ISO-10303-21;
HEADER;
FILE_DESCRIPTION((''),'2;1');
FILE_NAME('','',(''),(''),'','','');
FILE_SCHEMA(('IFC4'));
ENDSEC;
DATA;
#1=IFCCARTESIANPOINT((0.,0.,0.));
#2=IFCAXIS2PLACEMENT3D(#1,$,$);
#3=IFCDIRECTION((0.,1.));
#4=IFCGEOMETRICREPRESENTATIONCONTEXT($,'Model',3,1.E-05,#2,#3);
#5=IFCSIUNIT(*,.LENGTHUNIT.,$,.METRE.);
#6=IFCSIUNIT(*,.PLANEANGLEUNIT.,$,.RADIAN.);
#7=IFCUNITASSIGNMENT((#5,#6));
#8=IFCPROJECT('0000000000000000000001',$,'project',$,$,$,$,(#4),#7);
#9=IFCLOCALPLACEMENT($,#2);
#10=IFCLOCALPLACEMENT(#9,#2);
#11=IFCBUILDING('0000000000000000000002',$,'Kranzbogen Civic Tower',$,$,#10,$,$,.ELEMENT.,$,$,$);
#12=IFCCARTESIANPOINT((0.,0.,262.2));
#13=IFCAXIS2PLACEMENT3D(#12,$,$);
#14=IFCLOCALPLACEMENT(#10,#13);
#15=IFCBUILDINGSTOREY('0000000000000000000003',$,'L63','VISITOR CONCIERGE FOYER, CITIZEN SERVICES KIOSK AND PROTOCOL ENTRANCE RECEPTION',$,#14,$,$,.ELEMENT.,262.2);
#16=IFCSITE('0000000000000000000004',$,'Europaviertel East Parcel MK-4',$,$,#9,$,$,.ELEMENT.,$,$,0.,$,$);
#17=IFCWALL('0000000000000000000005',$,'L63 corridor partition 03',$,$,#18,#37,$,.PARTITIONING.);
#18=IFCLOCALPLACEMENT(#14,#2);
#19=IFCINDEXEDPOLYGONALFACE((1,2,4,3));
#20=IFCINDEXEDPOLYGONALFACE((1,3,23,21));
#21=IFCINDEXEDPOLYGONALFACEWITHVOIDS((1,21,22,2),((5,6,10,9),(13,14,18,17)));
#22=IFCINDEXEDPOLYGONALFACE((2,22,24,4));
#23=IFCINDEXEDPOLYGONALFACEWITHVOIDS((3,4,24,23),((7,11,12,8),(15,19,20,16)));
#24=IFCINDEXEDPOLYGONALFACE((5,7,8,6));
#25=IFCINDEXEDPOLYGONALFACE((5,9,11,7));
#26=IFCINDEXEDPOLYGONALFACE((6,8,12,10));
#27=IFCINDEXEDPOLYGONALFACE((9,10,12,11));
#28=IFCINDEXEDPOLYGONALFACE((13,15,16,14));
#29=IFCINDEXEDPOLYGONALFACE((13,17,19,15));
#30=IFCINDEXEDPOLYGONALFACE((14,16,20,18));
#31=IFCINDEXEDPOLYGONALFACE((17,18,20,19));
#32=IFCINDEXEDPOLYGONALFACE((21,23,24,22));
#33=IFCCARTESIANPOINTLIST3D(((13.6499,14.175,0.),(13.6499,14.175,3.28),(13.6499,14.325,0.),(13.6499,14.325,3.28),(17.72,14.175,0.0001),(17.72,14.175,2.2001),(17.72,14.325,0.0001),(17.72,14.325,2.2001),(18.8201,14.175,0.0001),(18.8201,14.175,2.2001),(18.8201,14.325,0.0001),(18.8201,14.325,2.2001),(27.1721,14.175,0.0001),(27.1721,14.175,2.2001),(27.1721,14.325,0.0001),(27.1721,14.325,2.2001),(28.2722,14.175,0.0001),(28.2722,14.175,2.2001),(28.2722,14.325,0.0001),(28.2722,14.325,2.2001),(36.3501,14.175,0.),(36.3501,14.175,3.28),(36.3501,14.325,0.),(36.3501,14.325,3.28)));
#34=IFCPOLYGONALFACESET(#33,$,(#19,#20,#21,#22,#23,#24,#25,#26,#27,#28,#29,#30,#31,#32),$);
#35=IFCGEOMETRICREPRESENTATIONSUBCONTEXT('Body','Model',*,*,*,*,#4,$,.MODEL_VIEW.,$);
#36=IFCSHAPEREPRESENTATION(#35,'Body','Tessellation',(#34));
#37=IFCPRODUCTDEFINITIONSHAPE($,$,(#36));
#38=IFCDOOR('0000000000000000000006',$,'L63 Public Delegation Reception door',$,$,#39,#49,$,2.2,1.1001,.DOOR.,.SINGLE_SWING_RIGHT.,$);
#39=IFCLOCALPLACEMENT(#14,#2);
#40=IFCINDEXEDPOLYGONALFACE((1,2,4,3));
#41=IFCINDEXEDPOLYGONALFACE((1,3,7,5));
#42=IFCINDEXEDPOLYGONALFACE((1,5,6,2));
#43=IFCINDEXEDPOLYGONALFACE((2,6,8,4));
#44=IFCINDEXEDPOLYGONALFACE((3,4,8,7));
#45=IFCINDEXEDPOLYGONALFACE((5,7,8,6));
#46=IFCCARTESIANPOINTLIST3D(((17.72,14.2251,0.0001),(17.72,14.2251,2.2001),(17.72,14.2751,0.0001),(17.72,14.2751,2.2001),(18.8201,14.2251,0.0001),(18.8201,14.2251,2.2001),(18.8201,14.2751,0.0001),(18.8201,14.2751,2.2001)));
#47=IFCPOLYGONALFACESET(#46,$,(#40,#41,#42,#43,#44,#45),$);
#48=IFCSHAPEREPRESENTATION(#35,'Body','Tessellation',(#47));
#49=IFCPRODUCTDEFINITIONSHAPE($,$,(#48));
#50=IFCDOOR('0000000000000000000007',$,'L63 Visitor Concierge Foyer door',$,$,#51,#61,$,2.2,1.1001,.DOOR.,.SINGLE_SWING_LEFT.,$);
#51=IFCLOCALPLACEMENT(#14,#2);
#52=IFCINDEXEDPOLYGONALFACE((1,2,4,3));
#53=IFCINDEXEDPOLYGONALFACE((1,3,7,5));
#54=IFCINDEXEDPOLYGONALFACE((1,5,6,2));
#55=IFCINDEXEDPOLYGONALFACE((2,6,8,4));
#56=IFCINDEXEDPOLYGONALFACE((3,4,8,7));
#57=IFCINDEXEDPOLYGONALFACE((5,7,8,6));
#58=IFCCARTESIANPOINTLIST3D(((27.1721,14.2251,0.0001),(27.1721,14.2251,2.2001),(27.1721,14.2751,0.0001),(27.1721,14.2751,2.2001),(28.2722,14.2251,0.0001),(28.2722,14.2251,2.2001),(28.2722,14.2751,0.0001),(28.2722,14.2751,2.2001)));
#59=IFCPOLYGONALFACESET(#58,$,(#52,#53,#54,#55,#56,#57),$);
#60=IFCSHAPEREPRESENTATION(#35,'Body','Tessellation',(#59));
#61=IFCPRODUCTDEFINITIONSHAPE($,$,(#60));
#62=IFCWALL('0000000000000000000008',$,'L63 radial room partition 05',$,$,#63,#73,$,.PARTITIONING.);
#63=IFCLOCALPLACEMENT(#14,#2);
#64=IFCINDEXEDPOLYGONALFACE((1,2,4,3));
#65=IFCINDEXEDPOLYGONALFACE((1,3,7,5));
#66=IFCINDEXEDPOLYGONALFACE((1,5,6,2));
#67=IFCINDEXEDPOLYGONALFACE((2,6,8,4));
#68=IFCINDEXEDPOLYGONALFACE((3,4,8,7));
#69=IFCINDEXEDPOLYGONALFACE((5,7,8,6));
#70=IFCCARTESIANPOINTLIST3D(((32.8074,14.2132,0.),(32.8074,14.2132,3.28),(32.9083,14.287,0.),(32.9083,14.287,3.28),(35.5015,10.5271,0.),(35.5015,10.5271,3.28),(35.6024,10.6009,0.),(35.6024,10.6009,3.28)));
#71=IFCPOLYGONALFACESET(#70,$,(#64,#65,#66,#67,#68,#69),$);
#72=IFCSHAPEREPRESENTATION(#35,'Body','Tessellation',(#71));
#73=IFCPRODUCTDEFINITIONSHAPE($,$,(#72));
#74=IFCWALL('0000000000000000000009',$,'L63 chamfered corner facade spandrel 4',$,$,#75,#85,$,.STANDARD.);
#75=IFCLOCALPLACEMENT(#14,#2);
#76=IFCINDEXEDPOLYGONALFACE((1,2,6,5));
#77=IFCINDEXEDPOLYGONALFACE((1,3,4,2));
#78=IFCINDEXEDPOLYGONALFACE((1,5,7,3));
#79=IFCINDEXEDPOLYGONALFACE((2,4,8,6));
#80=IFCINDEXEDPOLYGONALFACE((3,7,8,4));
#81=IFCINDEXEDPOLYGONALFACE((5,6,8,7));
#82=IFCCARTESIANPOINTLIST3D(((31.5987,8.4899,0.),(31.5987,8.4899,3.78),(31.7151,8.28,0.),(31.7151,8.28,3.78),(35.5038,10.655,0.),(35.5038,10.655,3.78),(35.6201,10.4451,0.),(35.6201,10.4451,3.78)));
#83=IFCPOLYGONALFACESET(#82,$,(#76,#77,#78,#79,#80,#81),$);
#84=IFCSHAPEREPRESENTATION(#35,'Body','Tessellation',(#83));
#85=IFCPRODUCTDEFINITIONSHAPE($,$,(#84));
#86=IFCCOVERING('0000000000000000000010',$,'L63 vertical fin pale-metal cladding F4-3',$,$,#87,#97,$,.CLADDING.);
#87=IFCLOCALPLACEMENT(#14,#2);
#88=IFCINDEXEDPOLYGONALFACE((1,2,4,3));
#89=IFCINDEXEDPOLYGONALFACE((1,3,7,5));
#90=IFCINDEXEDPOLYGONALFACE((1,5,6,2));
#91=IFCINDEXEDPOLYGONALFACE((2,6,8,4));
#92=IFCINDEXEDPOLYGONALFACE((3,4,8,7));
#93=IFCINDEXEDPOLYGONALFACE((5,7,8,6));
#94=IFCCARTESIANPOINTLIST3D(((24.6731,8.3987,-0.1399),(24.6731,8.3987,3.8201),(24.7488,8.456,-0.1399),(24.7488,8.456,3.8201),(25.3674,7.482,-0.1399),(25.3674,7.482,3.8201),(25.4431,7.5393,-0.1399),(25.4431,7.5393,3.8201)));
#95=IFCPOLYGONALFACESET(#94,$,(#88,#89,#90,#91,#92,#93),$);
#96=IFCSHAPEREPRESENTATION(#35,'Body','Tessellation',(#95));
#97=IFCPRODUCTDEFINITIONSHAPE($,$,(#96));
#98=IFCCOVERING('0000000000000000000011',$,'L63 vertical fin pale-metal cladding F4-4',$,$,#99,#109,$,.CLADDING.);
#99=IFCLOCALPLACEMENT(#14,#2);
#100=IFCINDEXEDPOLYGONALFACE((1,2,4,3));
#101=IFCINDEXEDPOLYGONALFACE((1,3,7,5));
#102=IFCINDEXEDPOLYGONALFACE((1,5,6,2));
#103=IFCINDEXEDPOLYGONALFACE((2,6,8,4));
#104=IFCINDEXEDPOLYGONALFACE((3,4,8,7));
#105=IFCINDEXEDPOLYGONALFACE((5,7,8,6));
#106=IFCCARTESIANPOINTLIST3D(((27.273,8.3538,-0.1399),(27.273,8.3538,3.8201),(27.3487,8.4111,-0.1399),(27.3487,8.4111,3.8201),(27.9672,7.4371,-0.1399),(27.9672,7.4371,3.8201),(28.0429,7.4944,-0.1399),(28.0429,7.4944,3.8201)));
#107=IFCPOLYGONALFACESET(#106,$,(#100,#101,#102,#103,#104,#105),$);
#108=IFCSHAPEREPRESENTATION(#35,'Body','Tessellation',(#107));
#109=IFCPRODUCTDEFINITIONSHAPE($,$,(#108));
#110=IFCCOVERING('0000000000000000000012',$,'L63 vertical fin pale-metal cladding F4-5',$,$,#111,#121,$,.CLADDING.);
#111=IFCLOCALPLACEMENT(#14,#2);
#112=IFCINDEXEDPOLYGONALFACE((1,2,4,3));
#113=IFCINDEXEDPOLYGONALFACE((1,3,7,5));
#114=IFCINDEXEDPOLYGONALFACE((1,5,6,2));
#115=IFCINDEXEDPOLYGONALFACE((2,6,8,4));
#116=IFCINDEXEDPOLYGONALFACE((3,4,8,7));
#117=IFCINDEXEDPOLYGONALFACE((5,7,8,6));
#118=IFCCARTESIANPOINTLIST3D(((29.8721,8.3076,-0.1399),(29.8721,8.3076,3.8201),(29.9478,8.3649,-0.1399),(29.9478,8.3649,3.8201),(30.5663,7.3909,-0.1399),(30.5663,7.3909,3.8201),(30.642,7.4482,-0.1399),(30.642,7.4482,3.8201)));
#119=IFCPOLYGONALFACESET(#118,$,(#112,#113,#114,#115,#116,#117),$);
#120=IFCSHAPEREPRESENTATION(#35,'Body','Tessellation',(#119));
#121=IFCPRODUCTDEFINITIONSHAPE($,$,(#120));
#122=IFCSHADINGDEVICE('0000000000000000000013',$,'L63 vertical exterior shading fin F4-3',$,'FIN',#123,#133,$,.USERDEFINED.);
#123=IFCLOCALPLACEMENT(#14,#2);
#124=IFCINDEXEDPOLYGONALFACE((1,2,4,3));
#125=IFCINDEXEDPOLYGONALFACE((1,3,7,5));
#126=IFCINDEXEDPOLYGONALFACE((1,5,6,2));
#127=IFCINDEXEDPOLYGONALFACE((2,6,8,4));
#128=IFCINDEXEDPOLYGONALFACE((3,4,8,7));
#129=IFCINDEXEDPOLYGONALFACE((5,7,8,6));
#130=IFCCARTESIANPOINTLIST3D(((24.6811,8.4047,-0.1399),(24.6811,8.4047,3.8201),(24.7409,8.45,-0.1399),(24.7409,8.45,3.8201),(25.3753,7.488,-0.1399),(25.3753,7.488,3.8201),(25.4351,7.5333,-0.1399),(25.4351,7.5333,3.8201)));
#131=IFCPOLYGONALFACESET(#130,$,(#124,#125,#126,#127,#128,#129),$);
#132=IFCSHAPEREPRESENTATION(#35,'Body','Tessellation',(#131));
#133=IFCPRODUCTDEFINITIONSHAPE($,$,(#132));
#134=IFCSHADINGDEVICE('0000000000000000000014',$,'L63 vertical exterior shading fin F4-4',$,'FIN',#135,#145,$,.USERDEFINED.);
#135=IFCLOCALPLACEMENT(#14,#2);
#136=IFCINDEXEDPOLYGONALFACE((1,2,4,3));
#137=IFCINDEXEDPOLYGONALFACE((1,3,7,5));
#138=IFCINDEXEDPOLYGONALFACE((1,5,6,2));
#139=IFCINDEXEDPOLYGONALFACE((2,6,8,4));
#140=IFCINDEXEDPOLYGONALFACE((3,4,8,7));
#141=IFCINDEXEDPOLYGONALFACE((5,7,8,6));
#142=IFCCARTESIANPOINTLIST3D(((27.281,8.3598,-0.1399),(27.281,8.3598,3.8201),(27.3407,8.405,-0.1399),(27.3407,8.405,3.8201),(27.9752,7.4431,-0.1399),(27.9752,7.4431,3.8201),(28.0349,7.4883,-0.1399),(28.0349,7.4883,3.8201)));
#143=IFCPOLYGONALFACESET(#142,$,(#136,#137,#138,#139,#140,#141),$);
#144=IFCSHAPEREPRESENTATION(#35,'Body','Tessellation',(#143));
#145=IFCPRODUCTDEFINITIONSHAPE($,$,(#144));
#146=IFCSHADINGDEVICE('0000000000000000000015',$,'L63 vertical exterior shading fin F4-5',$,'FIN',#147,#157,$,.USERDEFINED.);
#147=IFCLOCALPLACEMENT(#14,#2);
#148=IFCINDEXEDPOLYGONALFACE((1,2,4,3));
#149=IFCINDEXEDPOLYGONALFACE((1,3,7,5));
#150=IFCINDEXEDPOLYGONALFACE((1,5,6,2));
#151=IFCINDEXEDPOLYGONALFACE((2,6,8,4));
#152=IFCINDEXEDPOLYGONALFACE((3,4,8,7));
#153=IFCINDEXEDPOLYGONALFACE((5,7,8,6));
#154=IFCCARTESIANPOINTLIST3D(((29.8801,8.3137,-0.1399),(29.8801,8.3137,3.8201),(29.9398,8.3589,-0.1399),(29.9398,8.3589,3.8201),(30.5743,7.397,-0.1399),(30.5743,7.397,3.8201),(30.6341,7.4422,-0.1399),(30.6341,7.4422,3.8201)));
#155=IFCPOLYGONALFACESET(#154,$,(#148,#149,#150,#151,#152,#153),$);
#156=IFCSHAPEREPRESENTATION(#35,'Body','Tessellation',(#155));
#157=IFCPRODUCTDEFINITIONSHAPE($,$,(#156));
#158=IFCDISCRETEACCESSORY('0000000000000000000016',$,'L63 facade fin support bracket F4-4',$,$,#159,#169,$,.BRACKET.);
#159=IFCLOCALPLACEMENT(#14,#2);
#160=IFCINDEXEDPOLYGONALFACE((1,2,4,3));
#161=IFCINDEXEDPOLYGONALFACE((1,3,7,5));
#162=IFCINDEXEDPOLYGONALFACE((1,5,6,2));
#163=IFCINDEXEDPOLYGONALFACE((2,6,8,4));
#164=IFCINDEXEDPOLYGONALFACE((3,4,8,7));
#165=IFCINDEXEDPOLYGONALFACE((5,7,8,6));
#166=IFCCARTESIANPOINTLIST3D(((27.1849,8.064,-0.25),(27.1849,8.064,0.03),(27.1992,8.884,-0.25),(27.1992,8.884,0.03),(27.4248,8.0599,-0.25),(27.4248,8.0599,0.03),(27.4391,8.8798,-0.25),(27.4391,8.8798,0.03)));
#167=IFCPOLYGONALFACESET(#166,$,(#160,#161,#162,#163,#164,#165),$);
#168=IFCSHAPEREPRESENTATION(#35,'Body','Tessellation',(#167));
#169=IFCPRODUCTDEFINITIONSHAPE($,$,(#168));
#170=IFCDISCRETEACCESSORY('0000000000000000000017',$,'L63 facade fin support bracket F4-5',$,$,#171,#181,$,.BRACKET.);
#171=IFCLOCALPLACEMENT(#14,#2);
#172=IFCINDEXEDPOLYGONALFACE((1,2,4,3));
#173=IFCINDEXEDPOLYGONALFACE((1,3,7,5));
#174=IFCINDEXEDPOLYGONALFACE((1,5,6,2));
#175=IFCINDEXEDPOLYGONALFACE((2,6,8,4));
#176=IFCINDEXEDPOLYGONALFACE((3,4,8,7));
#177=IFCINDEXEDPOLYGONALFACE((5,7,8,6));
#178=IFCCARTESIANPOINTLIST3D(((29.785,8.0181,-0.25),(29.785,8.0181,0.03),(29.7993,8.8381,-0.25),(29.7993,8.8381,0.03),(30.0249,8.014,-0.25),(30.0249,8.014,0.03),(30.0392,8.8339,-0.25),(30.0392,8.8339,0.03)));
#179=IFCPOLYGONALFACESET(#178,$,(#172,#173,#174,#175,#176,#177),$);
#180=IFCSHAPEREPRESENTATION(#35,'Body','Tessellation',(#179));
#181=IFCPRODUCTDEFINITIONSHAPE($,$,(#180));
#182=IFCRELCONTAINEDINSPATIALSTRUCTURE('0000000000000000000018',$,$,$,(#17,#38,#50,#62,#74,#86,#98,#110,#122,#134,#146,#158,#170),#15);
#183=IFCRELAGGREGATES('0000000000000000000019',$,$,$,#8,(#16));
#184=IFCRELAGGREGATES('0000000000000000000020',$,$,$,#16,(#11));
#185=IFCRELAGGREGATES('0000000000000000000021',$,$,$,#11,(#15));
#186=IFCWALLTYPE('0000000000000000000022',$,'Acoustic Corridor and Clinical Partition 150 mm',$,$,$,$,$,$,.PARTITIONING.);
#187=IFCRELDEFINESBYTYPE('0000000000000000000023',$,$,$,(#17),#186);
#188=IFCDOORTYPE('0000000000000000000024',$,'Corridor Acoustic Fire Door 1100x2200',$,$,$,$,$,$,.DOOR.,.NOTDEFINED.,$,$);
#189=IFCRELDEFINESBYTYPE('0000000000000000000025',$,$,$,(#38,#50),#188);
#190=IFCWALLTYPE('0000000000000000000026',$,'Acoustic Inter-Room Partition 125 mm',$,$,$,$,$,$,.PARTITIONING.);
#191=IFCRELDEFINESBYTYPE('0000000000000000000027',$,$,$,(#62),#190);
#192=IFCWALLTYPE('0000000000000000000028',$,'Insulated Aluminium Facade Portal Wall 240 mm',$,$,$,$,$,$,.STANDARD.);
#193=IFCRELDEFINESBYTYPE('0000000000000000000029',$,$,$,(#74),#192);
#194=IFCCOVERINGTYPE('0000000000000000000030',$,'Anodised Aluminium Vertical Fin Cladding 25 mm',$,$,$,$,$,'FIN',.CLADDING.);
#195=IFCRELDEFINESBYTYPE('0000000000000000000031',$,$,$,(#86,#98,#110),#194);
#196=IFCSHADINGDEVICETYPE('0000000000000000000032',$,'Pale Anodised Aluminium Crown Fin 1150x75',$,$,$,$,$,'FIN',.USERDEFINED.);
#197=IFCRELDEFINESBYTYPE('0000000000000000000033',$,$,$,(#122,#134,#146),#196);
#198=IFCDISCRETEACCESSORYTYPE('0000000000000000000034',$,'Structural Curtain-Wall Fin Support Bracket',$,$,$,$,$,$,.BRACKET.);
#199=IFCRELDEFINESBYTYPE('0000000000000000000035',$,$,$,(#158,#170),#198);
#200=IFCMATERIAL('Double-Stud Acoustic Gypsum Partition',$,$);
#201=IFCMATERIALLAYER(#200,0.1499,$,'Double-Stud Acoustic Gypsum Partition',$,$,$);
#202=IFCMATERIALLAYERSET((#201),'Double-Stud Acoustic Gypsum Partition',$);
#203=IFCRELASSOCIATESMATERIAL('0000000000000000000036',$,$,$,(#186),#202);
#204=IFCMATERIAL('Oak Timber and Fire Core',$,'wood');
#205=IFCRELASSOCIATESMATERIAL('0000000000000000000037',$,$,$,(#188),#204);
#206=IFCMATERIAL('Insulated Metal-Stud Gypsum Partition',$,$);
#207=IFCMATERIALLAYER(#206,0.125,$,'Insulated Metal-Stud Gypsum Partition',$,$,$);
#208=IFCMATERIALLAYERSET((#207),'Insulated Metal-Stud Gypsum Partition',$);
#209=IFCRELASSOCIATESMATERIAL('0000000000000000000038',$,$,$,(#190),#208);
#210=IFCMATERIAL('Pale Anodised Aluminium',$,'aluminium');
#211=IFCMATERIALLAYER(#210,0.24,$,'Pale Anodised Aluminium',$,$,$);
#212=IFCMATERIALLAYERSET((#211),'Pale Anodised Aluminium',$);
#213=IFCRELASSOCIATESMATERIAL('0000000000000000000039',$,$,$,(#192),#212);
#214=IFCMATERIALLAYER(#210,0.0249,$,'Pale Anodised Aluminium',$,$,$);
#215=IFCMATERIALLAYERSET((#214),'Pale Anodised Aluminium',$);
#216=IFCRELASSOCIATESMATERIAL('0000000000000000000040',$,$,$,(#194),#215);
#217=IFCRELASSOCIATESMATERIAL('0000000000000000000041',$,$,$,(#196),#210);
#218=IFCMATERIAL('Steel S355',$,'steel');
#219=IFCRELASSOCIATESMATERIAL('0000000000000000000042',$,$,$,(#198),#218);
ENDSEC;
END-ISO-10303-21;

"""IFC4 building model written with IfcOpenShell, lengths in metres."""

from ifc_helpers import new_model, si_unit, direction, frame, frame_2d, origin, origin_2d, place, context, subcontext, project, spatial, rectangle, extrude, material, layer, layer_set, type_object, element, fill, save


model = new_model("IFC4")

# Units and contexts
model_context = context("Model", 3, precision=1e-05, world=origin(), true_north=direction((0.0, 1.0)))
body_context = subcontext(model_context, "Body", "Model", "MODEL_VIEW")
ifc_project = project(units=[si_unit("LENGTHUNIT", "METRE"), si_unit("PLANEANGLEUNIT", "RADIAN")], contexts=[model_context])

# Site, building, storey
site_placement = place(None, origin())
site = spatial("IfcSite", under=ifc_project, at=site_placement, Name="Europaviertel East Parcel MK-4", CompositionType="ELEMENT", RefElevation=0.0)
building_placement = place(site_placement, origin())
building = spatial("IfcBuilding", under=site, at=building_placement, Name="Kranzbogen Civic Tower", CompositionType="ELEMENT")
storey_placement = place(building_placement, frame((0.0, 0.0, 262.2)))
storey = spatial("IfcBuildingStorey", under=building, at=storey_placement, Name="L63", Description="VISITOR CONCIERGE FOYER, CITIZEN SERVICES KIOSK AND PROTOCOL ENTRANCE RECEPTION", CompositionType="ELEMENT", Elevation=262.2)

# Shared definitions
ifc_material_1 = material(Name="Steel S355", Category="steel")

# Shared definitions
ifc_material_2 = material(Name="Pale Anodised Aluminium", Category="aluminium")

# Wall, openings, doors
ifc_material_3 = material(Name="Double-Stud Acoustic Gypsum Partition")
ifc_layer_1 = layer(ifc_material_3, 0.1499, Name="Double-Stud Acoustic Gypsum Partition")
ifc_layer_set_1 = layer_set([ifc_layer_1], Name="Double-Stud Acoustic Gypsum Partition")
wall_type_1 = type_object("IfcWallType", Name="Acoustic Corridor and Clinical Partition 150 mm", PredefinedType="PARTITIONING", material=ifc_layer_set_1)
wall_1_placement = place(storey_placement, frame((36.3501, 14.25, 0.0), z_axis=(0.0, 0.0, 1.0), x_axis=(-1.0, 0.0, 0.0)))
wall_1 = element("IfcWall", 1, at=wall_1_placement, inside=storey, type_object=wall_type_1, Name="L63 corridor partition 03", PredefinedType="PARTITIONING", context=body_context, shape_type="SweptSolid", body=[
    extrude(rectangle(XDim=22.7002, YDim=0.1499, at=frame_2d((11.3501, 0.0))), origin(), (0.0, 0.0, 1.0), 3.28),
])
opening_1_placement = place(wall_1_placement, frame((17.53, 0.0, 0.0)))
opening_1 = element("IfcOpeningElement", 2, at=opening_1_placement, cuts=wall_1, PredefinedType="OPENING", context=body_context, shape_type="SweptSolid", body=[
    extrude(rectangle(XDim=1.1001, YDim=2.2, at=frame_2d((0.55, 1.1001))), frame((0.0, 0.085, 0.0), z_axis=(0.0, -1.0, 0.0), x_axis=(1.0, 0.0, 0.0)), (0.0, 0.0, 1.0), 0.1699),
])
opening_2_placement = place(wall_1_placement, frame((8.0779, 0.0, 0.0)))
opening_2 = element("IfcOpeningElement", 3, at=opening_2_placement, cuts=wall_1, PredefinedType="OPENING", context=body_context, shape_type="SweptSolid", body=[
    extrude(rectangle(XDim=1.1001, YDim=2.2, at=frame_2d((0.55, 1.1001))), frame((0.0, 0.085, 0.0), z_axis=(0.0, -1.0, 0.0), x_axis=(1.0, 0.0, 0.0)), (0.0, 0.0, 1.0), 0.1699),
])
ifc_material_4 = material(Name="Oak Timber and Fire Core", Category="wood")
door_type = type_object("IfcDoorType", Name="Corridor Acoustic Fire Door 1100x2200", OperationType="NOTDEFINED", PredefinedType="DOOR", material=ifc_material_4)
door_1_placement = place(opening_1_placement, origin())
door_1 = element("IfcDoor", 4, at=door_1_placement, inside=storey, type_object=door_type, Name="L63 Public Delegation Reception door", OperationType="SINGLE_SWING_RIGHT", OverallHeight=2.2, OverallWidth=1.1001, PredefinedType="DOOR", context=body_context, shape_type="SweptSolid", body=[
    extrude(rectangle(XDim=1.1001, YDim=2.2, at=frame_2d((0.55, 1.1001))), frame((0.0, 0.0249, 0.0), z_axis=(0.0, -1.0, 0.0), x_axis=(1.0, 0.0, 0.0)), (0.0, 0.0, 1.0), 0.05),
])
fill(opening_1, door_1)
door_2_placement = place(opening_2_placement, origin())
door_2 = element("IfcDoor", 5, at=door_2_placement, inside=storey, type_object=door_type, Name="L63 Visitor Concierge Foyer door", OperationType="SINGLE_SWING_LEFT", OverallHeight=2.2, OverallWidth=1.1001, PredefinedType="DOOR", context=body_context, shape_type="SweptSolid", body=[
    extrude(rectangle(XDim=1.1001, YDim=2.2, at=frame_2d((0.55, 1.1001))), frame((0.0, 0.0249, 0.0), z_axis=(0.0, -1.0, 0.0), x_axis=(1.0, 0.0, 0.0)), (0.0, 0.0, 1.0), 0.05),
])
fill(opening_2, door_2)

# Walls
ifc_material_5 = material(Name="Insulated Metal-Stud Gypsum Partition")
ifc_layer_2 = layer(ifc_material_5, 0.125, Name="Insulated Metal-Stud Gypsum Partition")
ifc_layer_set_2 = layer_set([ifc_layer_2], Name="Insulated Metal-Stud Gypsum Partition")
wall_type_2 = type_object("IfcWallType", Name="Acoustic Inter-Room Partition 125 mm", PredefinedType="PARTITIONING", material=ifc_layer_set_2)
wall_2_placement = place(storey_placement, frame((32.8579, 14.25, 0.0), z_axis=(0.0, 0.0, 1.0), x_axis=(0.590081, -0.807344, 0.0)))
element("IfcWall", 6, at=wall_2_placement, inside=storey, type_object=wall_type_2, Name="L63 radial room partition 05", PredefinedType="PARTITIONING", context=body_context, shape_type="SweptSolid", body=[
    extrude(rectangle(XDim=4.5657, YDim=0.125, at=frame_2d((2.2827, 0.0))), origin(), (0.0, 0.0, 1.0), 3.28),
])
ifc_layer_3 = layer(ifc_material_2, 0.24, Name="Pale Anodised Aluminium")
ifc_layer_set_3 = layer_set([ifc_layer_3], Name="Pale Anodised Aluminium")
wall_type_3 = type_object("IfcWallType", Name="Insulated Aluminium Facade Portal Wall 240 mm", PredefinedType="STANDARD", material=ifc_layer_set_3)
wall_3_placement = place(storey_placement, frame((31.657, 8.385, 0.0), z_axis=(0.0, 0.0, 1.0), x_axis=(0.874577, 0.484886, 0.0)))
element("IfcWall", 7, at=wall_3_placement, inside=storey, type_object=wall_type_3, Name="L63 chamfered corner facade spandrel 4", PredefinedType="STANDARD", context=body_context, shape_type="SweptSolid", body=[
    extrude(rectangle(XDim=4.4651, YDim=0.24, at=frame_2d((2.2324, 0.0))), origin(), (0.0, 0.0, 1.0), 3.78),
])

# Coverings
ifc_layer_4 = layer(ifc_material_2, 0.0249, Name="Pale Anodised Aluminium")
ifc_layer_set_4 = layer_set([ifc_layer_4], Name="Pale Anodised Aluminium")
covering_type = type_object("IfcCoveringType", Name="Anodised Aluminium Vertical Fin Cladding 25 mm", ElementType="FIN", PredefinedType="CLADDING", material=ifc_layer_set_4)
for number, where, z_axis, x_axis, name in (
    (8, (25.0581, 7.969, -0.1399), (0.0, 0.0, 1.0), (0.603723, -0.797194, 0.0), "L63 vertical fin pale-metal cladding F4-3"),
    (9, (27.658, 7.9241, -0.1399), (0.0, 0.0, 1.0), (0.603723, -0.797194, 0.0), "L63 vertical fin pale-metal cladding F4-4"),
    (10, (30.2571, 7.8779, -0.1399), (0.0, 0.0, 1.0), (0.603723, -0.797194, 0.0), "L63 vertical fin pale-metal cladding F4-5"),
):
    element("IfcCovering", number, at=place(storey_placement, frame(where, z_axis=z_axis, x_axis=x_axis)), inside=storey, type_object=covering_type, Name=name, PredefinedType="CLADDING", context=body_context, shape_type="SweptSolid", body=[
        extrude(rectangle(XDim=1.1499, YDim=0.095, at=origin_2d()), origin(), (0.0, 0.0, 1.0), 3.96),
    ])

# Shading devices
shading_device_type = type_object("IfcShadingDeviceType", Name="Pale Anodised Aluminium Crown Fin 1150x75", ElementType="FIN", PredefinedType="USERDEFINED", material=ifc_material_2)
for number, where, z_axis, x_axis, name in (
    (11, (25.0581, 7.969, -0.1399), (0.0, 0.0, 1.0), (0.603723, -0.797194, 0.0), "L63 vertical exterior shading fin F4-3"),
    (12, (27.658, 7.9241, -0.1399), (0.0, 0.0, 1.0), (0.603723, -0.797194, 0.0), "L63 vertical exterior shading fin F4-4"),
    (13, (30.2571, 7.8779, -0.1399), (0.0, 0.0, 1.0), (0.603723, -0.797194, 0.0), "L63 vertical exterior shading fin F4-5"),
):
    element("IfcShadingDevice", number, at=place(storey_placement, frame(where, z_axis=z_axis, x_axis=x_axis)), inside=storey, type_object=shading_device_type, Name=name, ObjectType="FIN", PredefinedType="USERDEFINED", context=body_context, shape_type="SweptSolid", body=[
        extrude(rectangle(XDim=1.1499, YDim=0.075, at=origin_2d()), origin(), (0.0, 0.0, 1.0), 3.96),
    ])

# Discrete accessories
discrete_accessory_type = type_object("IfcDiscreteAccessoryType", Name="Structural Curtain-Wall Fin Support Bracket", PredefinedType="BRACKET", material=ifc_material_1)
for number, where, z_axis, x_axis, name in (
    (14, (27.312, 8.4719, -0.25), (0.0, 0.0, 1.0), (-0.017452, -0.999848, 0.0), "L63 facade fin support bracket F4-4"),
    (15, (29.9121, 8.426, -0.25), (0.0, 0.0, 1.0), (-0.017452, -0.999848, 0.0), "L63 facade fin support bracket F4-5"),
):
    element("IfcDiscreteAccessory", number, at=place(storey_placement, frame(where, z_axis=z_axis, x_axis=x_axis)), inside=storey, type_object=discrete_accessory_type, Name=name, PredefinedType="BRACKET", context=body_context, shape_type="SweptSolid", body=[
        extrude(rectangle(XDim=0.8201, YDim=0.24, at=origin_2d()), origin(), (0.0, 0.0, 1.0), 0.28),
    ])

save(model, "model.ifc")
